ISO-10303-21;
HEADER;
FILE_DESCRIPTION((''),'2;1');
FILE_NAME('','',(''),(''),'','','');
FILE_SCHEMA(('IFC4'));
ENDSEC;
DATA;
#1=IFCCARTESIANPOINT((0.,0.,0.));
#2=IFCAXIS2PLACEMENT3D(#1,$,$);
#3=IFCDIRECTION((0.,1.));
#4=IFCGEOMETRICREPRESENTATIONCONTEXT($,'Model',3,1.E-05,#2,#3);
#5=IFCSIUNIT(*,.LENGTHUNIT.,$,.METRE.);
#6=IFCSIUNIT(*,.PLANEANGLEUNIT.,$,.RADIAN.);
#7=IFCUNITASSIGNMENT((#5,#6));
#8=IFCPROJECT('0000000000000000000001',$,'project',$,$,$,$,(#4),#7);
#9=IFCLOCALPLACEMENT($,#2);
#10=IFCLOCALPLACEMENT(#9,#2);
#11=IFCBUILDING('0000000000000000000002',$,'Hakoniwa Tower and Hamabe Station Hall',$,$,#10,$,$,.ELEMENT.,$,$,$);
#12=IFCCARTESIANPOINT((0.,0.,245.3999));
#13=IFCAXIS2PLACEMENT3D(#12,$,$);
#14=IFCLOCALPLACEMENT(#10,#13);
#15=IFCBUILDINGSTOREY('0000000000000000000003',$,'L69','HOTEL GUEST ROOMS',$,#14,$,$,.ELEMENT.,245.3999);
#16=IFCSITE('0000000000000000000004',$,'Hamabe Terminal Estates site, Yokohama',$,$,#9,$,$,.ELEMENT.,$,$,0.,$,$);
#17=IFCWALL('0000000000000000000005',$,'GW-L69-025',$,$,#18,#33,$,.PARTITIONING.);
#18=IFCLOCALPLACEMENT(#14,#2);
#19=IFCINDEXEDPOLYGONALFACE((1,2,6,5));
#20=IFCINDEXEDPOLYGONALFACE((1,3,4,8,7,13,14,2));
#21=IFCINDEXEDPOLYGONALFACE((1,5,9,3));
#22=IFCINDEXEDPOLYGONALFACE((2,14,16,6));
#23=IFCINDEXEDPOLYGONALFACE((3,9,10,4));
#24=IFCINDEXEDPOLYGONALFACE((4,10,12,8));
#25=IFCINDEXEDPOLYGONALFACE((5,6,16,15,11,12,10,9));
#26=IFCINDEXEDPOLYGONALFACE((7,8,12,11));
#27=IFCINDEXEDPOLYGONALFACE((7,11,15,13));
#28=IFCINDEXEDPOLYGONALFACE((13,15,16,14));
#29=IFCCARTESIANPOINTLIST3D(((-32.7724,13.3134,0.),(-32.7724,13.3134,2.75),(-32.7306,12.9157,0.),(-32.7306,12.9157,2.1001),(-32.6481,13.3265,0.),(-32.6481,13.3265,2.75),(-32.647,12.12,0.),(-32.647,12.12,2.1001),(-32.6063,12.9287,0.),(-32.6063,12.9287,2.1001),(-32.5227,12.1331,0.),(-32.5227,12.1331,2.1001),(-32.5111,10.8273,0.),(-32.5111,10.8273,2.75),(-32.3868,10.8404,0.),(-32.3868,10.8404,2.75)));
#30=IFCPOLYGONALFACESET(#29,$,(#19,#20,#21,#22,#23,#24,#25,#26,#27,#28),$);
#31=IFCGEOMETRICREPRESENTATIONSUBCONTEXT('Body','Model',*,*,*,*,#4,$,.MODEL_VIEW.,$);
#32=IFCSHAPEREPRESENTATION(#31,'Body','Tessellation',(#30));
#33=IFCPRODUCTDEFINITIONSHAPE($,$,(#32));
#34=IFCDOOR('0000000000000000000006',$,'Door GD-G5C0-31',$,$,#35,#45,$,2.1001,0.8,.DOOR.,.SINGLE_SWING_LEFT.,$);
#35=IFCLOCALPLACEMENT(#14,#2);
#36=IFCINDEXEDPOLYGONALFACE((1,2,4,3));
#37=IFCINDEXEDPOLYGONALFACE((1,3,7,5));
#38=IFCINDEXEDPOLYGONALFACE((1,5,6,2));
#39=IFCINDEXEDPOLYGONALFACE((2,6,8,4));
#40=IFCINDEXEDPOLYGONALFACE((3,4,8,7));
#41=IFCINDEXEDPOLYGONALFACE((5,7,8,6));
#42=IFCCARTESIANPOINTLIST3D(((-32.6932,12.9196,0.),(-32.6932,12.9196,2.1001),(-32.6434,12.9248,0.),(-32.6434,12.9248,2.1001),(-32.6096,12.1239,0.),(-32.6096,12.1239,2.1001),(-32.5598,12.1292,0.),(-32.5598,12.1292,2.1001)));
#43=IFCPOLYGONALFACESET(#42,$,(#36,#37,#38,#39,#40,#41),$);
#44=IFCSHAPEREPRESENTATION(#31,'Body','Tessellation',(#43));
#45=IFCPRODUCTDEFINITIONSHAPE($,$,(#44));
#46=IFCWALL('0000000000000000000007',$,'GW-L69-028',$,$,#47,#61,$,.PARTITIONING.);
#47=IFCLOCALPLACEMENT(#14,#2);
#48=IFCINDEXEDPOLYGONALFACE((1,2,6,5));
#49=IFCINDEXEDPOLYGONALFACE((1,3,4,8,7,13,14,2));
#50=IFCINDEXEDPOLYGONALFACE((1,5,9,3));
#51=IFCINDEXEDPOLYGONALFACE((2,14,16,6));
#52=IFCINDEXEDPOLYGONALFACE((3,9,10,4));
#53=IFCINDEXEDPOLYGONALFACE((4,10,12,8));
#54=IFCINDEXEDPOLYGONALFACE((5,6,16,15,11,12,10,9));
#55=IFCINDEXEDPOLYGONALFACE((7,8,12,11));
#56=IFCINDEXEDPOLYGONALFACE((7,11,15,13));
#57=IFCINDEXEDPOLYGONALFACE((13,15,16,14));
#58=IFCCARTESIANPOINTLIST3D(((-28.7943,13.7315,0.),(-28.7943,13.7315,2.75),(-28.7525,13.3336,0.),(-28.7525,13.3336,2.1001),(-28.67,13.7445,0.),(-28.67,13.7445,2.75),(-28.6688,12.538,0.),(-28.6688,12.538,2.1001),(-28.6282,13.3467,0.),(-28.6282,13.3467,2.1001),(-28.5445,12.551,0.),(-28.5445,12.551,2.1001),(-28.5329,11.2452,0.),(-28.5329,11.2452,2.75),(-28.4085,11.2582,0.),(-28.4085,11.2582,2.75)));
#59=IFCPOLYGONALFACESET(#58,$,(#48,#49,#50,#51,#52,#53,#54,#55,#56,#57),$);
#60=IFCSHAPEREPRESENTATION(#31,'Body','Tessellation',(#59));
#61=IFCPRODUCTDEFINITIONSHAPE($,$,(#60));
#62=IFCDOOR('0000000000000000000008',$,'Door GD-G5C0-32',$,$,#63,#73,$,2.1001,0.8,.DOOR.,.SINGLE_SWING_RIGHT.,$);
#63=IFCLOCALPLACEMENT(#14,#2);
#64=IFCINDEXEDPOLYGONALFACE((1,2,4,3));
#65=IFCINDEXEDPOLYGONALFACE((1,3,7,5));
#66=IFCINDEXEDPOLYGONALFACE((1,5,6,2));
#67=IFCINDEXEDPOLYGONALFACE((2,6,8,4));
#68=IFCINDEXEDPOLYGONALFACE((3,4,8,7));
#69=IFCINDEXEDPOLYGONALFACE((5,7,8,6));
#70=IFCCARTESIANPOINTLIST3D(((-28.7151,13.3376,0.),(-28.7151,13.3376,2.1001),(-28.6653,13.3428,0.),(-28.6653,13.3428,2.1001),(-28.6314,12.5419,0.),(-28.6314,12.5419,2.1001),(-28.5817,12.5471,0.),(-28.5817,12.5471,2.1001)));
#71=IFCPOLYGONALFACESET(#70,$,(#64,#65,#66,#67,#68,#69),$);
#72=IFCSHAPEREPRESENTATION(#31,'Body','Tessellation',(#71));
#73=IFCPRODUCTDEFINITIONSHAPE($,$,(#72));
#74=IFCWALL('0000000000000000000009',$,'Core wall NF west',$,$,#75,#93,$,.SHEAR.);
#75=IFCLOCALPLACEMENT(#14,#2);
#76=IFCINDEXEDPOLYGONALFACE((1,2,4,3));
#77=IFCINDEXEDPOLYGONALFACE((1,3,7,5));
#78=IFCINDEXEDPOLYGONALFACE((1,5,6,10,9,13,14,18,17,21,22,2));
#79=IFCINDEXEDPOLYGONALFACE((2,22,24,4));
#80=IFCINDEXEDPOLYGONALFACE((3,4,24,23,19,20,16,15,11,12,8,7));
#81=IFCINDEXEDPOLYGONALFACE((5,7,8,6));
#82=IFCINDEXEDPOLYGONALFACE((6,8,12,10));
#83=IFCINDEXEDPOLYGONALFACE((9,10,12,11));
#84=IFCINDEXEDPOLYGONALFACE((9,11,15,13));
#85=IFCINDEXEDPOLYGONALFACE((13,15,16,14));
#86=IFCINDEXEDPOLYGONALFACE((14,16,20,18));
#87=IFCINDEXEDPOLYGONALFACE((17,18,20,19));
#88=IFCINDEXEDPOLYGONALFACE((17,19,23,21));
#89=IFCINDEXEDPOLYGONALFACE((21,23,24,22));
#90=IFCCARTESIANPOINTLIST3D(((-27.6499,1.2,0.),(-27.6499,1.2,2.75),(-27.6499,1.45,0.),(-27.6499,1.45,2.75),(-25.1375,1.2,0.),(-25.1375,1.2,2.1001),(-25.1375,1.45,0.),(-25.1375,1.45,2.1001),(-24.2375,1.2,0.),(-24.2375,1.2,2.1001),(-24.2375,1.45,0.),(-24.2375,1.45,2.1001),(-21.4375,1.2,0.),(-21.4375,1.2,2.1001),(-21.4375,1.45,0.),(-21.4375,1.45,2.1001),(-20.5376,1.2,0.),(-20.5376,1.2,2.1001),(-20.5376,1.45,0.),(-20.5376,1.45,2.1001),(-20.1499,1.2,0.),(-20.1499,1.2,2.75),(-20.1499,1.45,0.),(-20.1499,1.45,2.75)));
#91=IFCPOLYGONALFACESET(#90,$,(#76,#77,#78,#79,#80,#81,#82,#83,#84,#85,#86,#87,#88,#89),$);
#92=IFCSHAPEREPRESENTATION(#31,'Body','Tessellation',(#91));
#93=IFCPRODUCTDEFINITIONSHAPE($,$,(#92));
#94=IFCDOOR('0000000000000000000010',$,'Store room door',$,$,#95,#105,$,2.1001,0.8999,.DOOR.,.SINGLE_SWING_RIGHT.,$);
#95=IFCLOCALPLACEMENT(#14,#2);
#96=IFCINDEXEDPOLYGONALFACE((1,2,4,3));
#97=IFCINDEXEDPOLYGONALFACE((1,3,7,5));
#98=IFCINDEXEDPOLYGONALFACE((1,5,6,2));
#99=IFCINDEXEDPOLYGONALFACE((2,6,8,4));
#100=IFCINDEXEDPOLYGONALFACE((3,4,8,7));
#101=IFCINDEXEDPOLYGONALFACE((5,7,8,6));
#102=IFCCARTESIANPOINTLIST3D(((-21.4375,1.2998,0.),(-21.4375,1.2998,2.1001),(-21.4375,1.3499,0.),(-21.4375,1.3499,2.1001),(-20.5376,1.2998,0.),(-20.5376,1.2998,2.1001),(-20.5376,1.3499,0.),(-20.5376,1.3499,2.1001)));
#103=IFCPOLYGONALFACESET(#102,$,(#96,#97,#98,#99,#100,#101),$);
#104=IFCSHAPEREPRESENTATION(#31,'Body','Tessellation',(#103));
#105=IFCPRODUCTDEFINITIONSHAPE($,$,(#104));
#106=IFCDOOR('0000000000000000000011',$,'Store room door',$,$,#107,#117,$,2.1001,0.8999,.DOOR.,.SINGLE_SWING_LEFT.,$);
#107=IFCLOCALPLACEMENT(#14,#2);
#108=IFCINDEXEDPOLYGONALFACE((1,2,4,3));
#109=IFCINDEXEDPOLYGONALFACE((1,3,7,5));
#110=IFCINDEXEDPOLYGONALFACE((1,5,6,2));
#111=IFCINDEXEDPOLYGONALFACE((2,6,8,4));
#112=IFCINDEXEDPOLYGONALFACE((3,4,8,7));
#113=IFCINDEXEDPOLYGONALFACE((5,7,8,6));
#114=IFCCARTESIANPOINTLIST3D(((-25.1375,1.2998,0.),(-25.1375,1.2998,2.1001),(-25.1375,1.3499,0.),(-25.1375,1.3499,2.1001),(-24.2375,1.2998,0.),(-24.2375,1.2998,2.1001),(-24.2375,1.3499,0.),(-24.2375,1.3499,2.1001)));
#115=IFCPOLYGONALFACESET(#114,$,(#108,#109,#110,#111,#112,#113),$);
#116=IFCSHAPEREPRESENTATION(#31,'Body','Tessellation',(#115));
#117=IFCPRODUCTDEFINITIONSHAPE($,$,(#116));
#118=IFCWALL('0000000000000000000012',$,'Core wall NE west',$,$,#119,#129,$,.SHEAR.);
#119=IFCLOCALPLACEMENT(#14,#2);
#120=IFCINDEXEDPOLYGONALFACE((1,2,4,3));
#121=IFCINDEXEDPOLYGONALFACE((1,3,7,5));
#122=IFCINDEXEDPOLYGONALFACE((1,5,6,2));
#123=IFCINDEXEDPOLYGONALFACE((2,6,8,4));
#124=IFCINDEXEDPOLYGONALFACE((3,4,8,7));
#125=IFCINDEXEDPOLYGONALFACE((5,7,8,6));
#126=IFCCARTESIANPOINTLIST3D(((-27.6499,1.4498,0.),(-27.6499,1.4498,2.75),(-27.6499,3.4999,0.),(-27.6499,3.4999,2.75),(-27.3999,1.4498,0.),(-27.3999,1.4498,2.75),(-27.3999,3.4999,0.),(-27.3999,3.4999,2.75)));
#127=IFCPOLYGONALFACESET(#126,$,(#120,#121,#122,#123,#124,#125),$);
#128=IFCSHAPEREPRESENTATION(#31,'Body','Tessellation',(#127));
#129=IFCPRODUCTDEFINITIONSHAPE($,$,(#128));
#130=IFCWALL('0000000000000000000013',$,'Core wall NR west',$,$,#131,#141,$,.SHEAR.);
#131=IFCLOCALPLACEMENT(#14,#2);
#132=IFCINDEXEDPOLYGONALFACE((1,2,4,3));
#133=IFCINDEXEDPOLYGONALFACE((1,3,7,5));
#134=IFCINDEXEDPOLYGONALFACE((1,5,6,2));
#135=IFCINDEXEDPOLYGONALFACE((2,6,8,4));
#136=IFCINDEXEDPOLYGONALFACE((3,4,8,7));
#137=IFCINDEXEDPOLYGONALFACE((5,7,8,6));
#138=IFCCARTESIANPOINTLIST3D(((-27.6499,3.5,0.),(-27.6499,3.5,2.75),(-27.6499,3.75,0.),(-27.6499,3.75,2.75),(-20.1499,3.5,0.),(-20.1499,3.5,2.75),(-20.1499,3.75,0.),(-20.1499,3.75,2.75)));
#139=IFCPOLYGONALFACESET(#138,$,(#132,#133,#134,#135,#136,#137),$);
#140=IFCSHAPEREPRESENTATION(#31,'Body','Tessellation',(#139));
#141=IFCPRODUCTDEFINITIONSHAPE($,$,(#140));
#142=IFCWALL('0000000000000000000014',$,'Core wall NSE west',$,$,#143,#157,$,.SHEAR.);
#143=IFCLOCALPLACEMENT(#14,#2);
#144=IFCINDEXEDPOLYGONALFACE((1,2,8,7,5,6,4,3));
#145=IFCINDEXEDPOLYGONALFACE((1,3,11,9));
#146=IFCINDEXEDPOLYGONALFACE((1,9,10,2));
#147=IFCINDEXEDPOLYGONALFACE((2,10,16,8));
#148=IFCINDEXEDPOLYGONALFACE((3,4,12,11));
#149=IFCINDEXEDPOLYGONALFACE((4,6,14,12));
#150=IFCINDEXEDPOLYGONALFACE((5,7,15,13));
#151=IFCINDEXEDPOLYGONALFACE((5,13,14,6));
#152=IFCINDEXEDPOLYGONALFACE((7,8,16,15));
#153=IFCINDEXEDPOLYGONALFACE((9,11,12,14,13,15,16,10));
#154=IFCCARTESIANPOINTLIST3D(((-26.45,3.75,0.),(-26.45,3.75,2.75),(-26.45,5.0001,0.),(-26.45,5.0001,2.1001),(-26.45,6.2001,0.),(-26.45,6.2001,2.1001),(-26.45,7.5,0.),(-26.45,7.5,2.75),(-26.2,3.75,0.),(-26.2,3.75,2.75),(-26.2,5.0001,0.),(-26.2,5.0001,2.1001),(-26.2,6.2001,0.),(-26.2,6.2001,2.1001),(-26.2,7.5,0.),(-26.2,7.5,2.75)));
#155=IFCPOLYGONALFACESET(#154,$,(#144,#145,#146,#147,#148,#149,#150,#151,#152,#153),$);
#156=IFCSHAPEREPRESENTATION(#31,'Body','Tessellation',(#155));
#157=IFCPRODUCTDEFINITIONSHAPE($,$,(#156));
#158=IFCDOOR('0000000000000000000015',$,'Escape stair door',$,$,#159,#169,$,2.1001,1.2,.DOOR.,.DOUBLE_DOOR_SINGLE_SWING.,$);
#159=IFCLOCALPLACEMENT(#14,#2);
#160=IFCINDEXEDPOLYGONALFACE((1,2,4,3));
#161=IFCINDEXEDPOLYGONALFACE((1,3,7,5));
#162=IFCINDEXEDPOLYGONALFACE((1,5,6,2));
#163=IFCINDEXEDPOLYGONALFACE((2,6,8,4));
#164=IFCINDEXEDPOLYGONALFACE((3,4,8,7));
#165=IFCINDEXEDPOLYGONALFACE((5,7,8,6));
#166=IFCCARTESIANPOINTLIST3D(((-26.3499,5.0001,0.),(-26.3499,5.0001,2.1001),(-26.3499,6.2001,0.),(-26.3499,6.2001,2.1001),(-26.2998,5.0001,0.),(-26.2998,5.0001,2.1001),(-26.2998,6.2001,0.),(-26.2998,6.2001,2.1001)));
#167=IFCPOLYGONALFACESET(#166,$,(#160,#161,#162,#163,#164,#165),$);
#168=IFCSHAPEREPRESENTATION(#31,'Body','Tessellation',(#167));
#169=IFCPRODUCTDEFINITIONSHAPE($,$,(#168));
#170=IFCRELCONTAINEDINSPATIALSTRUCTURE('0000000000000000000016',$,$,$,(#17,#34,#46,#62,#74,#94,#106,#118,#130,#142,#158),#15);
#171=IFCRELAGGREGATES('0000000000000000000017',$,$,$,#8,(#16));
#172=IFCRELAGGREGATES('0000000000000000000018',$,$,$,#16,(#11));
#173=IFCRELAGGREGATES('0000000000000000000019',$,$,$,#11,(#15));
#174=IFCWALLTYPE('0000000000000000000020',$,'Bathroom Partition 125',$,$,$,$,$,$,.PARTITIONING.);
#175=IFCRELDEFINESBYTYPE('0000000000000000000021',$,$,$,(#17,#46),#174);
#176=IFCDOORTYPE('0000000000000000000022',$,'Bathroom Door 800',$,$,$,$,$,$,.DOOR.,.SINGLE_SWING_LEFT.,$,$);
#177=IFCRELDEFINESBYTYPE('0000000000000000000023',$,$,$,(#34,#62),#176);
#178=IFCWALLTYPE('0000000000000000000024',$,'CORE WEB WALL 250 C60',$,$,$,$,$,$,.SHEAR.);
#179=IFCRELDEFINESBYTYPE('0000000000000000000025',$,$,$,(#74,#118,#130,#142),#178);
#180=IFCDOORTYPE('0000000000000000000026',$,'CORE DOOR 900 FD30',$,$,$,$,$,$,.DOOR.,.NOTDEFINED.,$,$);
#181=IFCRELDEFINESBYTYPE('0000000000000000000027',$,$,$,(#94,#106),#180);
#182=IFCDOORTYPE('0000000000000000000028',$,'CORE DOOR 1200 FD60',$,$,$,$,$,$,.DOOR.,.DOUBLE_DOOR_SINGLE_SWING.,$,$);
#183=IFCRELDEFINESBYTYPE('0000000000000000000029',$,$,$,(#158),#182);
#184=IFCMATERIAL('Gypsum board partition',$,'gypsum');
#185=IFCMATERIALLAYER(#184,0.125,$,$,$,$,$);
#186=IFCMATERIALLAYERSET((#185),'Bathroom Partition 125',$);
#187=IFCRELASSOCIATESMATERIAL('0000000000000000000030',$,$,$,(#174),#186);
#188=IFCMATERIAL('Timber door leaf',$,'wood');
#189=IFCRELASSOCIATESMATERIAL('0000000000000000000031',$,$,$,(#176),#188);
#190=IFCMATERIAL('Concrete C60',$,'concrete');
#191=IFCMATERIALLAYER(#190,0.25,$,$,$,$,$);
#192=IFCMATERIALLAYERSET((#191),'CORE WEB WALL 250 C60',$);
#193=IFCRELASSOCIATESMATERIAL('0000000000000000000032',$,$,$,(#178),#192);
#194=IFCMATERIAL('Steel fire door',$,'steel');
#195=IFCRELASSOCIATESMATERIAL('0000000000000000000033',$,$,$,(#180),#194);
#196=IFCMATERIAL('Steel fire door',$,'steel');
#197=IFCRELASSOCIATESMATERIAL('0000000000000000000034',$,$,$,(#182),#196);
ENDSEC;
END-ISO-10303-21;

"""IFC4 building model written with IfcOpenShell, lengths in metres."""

from ifc_helpers import new_model, si_unit, direction, frame, frame_2d, origin, place, context, subcontext, project, spatial, rectangle, extrude, material, layer, layer_set, type_object, element, fill, save


model = new_model("IFC4")

# Units and contexts
model_context = context("Model", 3, precision=1e-05, world=origin(), true_north=direction((0.0, 1.0)))
body_context = subcontext(model_context, "Body", "Model", "MODEL_VIEW")
ifc_project = project(units=[si_unit("LENGTHUNIT", "METRE"), si_unit("PLANEANGLEUNIT", "RADIAN")], contexts=[model_context])

# Site, building, storey
site_placement = place(None, origin())
site = spatial("IfcSite", under=ifc_project, at=site_placement, Name="Hamabe Terminal Estates site, Yokohama", CompositionType="ELEMENT", RefElevation=0.0)
building_placement = place(site_placement, origin())
building = spatial("IfcBuilding", under=site, at=building_placement, Name="Hakoniwa Tower and Hamabe Station Hall", CompositionType="ELEMENT")
storey_placement = place(building_placement, frame((0.0, 0.0, 245.3999)))
storey = spatial("IfcBuildingStorey", under=building, at=storey_placement, Name="L69", Description="HOTEL GUEST ROOMS", CompositionType="ELEMENT", Elevation=245.3999)

# Walls, openings, doors
ifc_material_1 = material(Name="Gypsum board partition", Category="gypsum")
ifc_layer_1 = layer(ifc_material_1, 0.125)
ifc_layer_set_1 = layer_set([ifc_layer_1], Name="Bathroom Partition 125")
wall_type_1 = type_object("IfcWallType", Name="Bathroom Partition 125", PredefinedType="PARTITIONING", material=ifc_layer_set_1)
wall_1_placement = place(storey_placement, frame((-32.449, 10.8337, 0.0), z_axis=(0.0, 0.0, 1.0), x_axis=(-0.104502, 0.994525, 0.0)))
wall_1 = element("IfcWall", 1, at=wall_1_placement, inside=storey, type_object=wall_type_1, Name="GW-L69-025", PredefinedType="PARTITIONING", context=body_context, shape_type="SweptSolid", body=[
    extrude(rectangle(XDim=2.4998, YDim=0.125, at=frame_2d((1.25, 0.0))), origin(), (0.0, 0.0, 1.0), 2.75),
])
opening_1_placement = place(wall_1_placement, frame((1.3, 0.0, 0.0)))
opening_1 = element("IfcOpeningElement", 2, at=opening_1_placement, cuts=wall_1, PredefinedType="OPENING", context=body_context, shape_type="SweptSolid", body=[
    extrude(rectangle(XDim=0.8, YDim=2.1001, at=frame_2d((0.3999, 1.05))), frame((0.0, 0.0725, 0.0), z_axis=(0.0, -1.0, 0.0), x_axis=(1.0, 0.0, 0.0)), (0.0, 0.0, 1.0), 0.145),
])
ifc_material_2 = material(Name="Timber door leaf", Category="wood")
door_type_1 = type_object("IfcDoorType", Name="Bathroom Door 800", OperationType="SINGLE_SWING_LEFT", PredefinedType="DOOR", material=ifc_material_2)
door_1_placement = place(opening_1_placement, origin())
door_1 = element("IfcDoor", 3, at=door_1_placement, inside=storey, type_object=door_type_1, Name="Door GD-G5C0-31", OperationType="SINGLE_SWING_LEFT", OverallHeight=2.1001, OverallWidth=0.8, PredefinedType="DOOR", context=body_context, shape_type="SweptSolid", body=[
    extrude(rectangle(XDim=0.8, YDim=2.1001, at=frame_2d((0.3999, 1.05))), frame((0.0, 0.0249, 0.0), z_axis=(0.0, -1.0, 0.0), x_axis=(1.0, 0.0, 0.0)), (0.0, 0.0, 1.0), 0.05),
])
fill(opening_1, door_1)
wall_2_placement = place(storey_placement, frame((-28.4707, 11.2517, 0.0), z_axis=(0.0, 0.0, 1.0), x_axis=(-0.104588, 0.994516, 0.0)))
wall_2 = element("IfcWall", 4, at=wall_2_placement, inside=storey, type_object=wall_type_1, Name="GW-L69-028", PredefinedType="PARTITIONING", context=body_context, shape_type="SweptSolid", body=[
    extrude(rectangle(XDim=2.5, YDim=0.125, at=frame_2d((1.25, 0.0))), origin(), (0.0, 0.0, 1.0), 2.75),
])
opening_2_placement = place(wall_2_placement, frame((1.3, 0.0, 0.0)))
opening_2 = element("IfcOpeningElement", 5, at=opening_2_placement, cuts=wall_2, PredefinedType="OPENING", context=body_context, shape_type="SweptSolid", body=[
    extrude(rectangle(XDim=0.8, YDim=2.1001, at=frame_2d((0.3999, 1.05))), frame((0.0, 0.0725, 0.0), z_axis=(0.0, -1.0, 0.0), x_axis=(1.0, 0.0, 0.0)), (0.0, 0.0, 1.0), 0.145),
])
door_2_placement = place(opening_2_placement, origin())
door_2 = element("IfcDoor", 6, at=door_2_placement, inside=storey, type_object=door_type_1, Name="Door GD-G5C0-32", OperationType="SINGLE_SWING_RIGHT", OverallHeight=2.1001, OverallWidth=0.8, PredefinedType="DOOR", context=body_context, shape_type="SweptSolid", body=[
    extrude(rectangle(XDim=0.8, YDim=2.1001, at=frame_2d((0.3999, 1.05))), frame((0.0, 0.0249, 0.0), z_axis=(0.0, -1.0, 0.0), x_axis=(1.0, 0.0, 0.0)), (0.0, 0.0, 1.0), 0.05),
])
fill(opening_2, door_2)

# Wall, openings, doors
ifc_material_3 = material(Name="Concrete C60", Category="concrete")
ifc_layer_2 = layer(ifc_material_3, 0.25)
ifc_layer_set_2 = layer_set([ifc_layer_2], Name="CORE WEB WALL 250 C60")
wall_type_2 = type_object("IfcWallType", Name="CORE WEB WALL 250 C60", PredefinedType="SHEAR", material=ifc_layer_set_2)
wall_3_placement = place(storey_placement, frame((-27.6499, 1.325, 0.0), z_axis=(0.0, 0.0, 1.0), x_axis=(1.0, 0.0, 0.0)))
wall_3 = element("IfcWall", 7, at=wall_3_placement, inside=storey, type_object=wall_type_2, Name="Core wall NF west", PredefinedType="SHEAR", context=body_context, shape_type="SweptSolid", body=[
    extrude(rectangle(XDim=7.5, YDim=0.25, at=frame_2d((3.75, 0.0))), origin(), (0.0, 0.0, 1.0), 2.75),
])
opening_3_placement = place(wall_3_placement, frame((6.2124, 0.0, 0.0)))
opening_3 = element("IfcOpeningElement", 8, at=opening_3_placement, cuts=wall_3, PredefinedType="OPENING", context=body_context, shape_type="SweptSolid", body=[
    extrude(rectangle(XDim=0.8999, YDim=2.1001, at=frame_2d((0.45, 1.05))), frame((0.0, 0.135, 0.0), z_axis=(0.0, -1.0, 0.0), x_axis=(1.0, 0.0, 0.0)), (0.0, 0.0, 1.0), 0.27),
])
opening_4_placement = place(wall_3_placement, frame((2.5125, 0.0, 0.0)))
opening_4 = element("IfcOpeningElement", 9, at=opening_4_placement, cuts=wall_3, PredefinedType="OPENING", context=body_context, shape_type="SweptSolid", body=[
    extrude(rectangle(XDim=0.8999, YDim=2.1001, at=frame_2d((0.45, 1.05))), frame((0.0, 0.135, 0.0), z_axis=(0.0, -1.0, 0.0), x_axis=(1.0, 0.0, 0.0)), (0.0, 0.0, 1.0), 0.27),
])
ifc_material_4 = material(Name="Steel fire door", Category="steel")
door_type_2 = type_object("IfcDoorType", Name="CORE DOOR 900 FD30", OperationType="NOTDEFINED", PredefinedType="DOOR", material=ifc_material_4)
door_3_placement = place(opening_3_placement, origin())
door_3 = element("IfcDoor", 10, at=door_3_placement, inside=storey, type_object=door_type_2, Name="Store room door", OperationType="SINGLE_SWING_RIGHT", OverallHeight=2.1001, OverallWidth=0.8999, PredefinedType="DOOR", context=body_context, shape_type="SweptSolid", body=[
    extrude(rectangle(XDim=0.8999, YDim=2.1001, at=frame_2d((0.45, 1.05))), frame((0.0, 0.0249, 0.0), z_axis=(0.0, -1.0, 0.0), x_axis=(1.0, 0.0, 0.0)), (0.0, 0.0, 1.0), 0.05),
])
fill(opening_3, door_3)
door_4_placement = place(opening_4_placement, origin())
door_4 = element("IfcDoor", 11, at=door_4_placement, inside=storey, type_object=door_type_2, Name="Store room door", OperationType="SINGLE_SWING_LEFT", OverallHeight=2.1001, OverallWidth=0.8999, PredefinedType="DOOR", context=body_context, shape_type="SweptSolid", body=[
    extrude(rectangle(XDim=0.8999, YDim=2.1001, at=frame_2d((0.45, 1.05))), frame((0.0, 0.0249, 0.0), z_axis=(0.0, -1.0, 0.0), x_axis=(1.0, 0.0, 0.0)), (0.0, 0.0, 1.0), 0.05),
])
fill(opening_4, door_4)

# Walls
wall_4_placement = place(storey_placement, frame((-27.5249, 1.45, 0.0), z_axis=(0.0, 0.0, 1.0), x_axis=(0.0, 1.0, 0.0)))
element("IfcWall", 12, at=wall_4_placement, inside=storey, type_object=wall_type_2, Name="Core wall NE west", PredefinedType="SHEAR", context=body_context, shape_type="SweptSolid", body=[
    extrude(rectangle(XDim=2.05, YDim=0.25, at=frame_2d((1.0249, 0.0))), origin(), (0.0, 0.0, 1.0), 2.75),
])
wall_5_placement = place(storey_placement, frame((-27.6499, 3.625, 0.0), z_axis=(0.0, 0.0, 1.0), x_axis=(1.0, 0.0, 0.0)))
element("IfcWall", 13, at=wall_5_placement, inside=storey, type_object=wall_type_2, Name="Core wall NR west", PredefinedType="SHEAR", context=body_context, shape_type="SweptSolid", body=[
    extrude(rectangle(XDim=7.5, YDim=0.25, at=frame_2d((3.75, 0.0))), origin(), (0.0, 0.0, 1.0), 2.75),
])

# Wall, opening, door
wall_6_placement = place(storey_placement, frame((-26.325, 3.75, 0.0), z_axis=(0.0, 0.0, 1.0), x_axis=(0.0, 1.0, 0.0)))
wall_6 = element("IfcWall", 14, at=wall_6_placement, inside=storey, type_object=wall_type_2, Name="Core wall NSE west", PredefinedType="SHEAR", context=body_context, shape_type="SweptSolid", body=[
    extrude(rectangle(XDim=3.75, YDim=0.25, at=frame_2d((1.875, 0.0))), origin(), (0.0, 0.0, 1.0), 2.75),
])
opening_5_placement = place(wall_6_placement, frame((1.25, 0.0, 0.0)))
opening_5 = element("IfcOpeningElement", 15, at=opening_5_placement, cuts=wall_6, PredefinedType="OPENING", context=body_context, shape_type="SweptSolid", body=[
    extrude(rectangle(XDim=1.2, YDim=2.1001, at=frame_2d((0.6001, 1.05))), frame((0.0, 0.135, 0.0), z_axis=(0.0, -1.0, 0.0), x_axis=(1.0, 0.0, 0.0)), (0.0, 0.0, 1.0), 0.27),
])
ifc_material_5 = material(Name="Steel fire door", Category="steel")
door_type_3 = type_object("IfcDoorType", Name="CORE DOOR 1200 FD60", OperationType="DOUBLE_DOOR_SINGLE_SWING", PredefinedType="DOOR", material=ifc_material_5)
door_5_placement = place(opening_5_placement, origin())
door_5 = element("IfcDoor", 16, at=door_5_placement, inside=storey, type_object=door_type_3, Name="Escape stair door", OperationType="DOUBLE_DOOR_SINGLE_SWING", OverallHeight=2.1001, OverallWidth=1.2, PredefinedType="DOOR", context=body_context, shape_type="SweptSolid", body=[
    extrude(rectangle(XDim=1.2, YDim=2.1001, at=frame_2d((0.6001, 1.05))), frame((0.0, 0.0249, 0.0), z_axis=(0.0, -1.0, 0.0), x_axis=(1.0, 0.0, 0.0)), (0.0, 0.0, 1.0), 0.05),
])
fill(opening_5, door_5)

save(model, "model.ifc")
